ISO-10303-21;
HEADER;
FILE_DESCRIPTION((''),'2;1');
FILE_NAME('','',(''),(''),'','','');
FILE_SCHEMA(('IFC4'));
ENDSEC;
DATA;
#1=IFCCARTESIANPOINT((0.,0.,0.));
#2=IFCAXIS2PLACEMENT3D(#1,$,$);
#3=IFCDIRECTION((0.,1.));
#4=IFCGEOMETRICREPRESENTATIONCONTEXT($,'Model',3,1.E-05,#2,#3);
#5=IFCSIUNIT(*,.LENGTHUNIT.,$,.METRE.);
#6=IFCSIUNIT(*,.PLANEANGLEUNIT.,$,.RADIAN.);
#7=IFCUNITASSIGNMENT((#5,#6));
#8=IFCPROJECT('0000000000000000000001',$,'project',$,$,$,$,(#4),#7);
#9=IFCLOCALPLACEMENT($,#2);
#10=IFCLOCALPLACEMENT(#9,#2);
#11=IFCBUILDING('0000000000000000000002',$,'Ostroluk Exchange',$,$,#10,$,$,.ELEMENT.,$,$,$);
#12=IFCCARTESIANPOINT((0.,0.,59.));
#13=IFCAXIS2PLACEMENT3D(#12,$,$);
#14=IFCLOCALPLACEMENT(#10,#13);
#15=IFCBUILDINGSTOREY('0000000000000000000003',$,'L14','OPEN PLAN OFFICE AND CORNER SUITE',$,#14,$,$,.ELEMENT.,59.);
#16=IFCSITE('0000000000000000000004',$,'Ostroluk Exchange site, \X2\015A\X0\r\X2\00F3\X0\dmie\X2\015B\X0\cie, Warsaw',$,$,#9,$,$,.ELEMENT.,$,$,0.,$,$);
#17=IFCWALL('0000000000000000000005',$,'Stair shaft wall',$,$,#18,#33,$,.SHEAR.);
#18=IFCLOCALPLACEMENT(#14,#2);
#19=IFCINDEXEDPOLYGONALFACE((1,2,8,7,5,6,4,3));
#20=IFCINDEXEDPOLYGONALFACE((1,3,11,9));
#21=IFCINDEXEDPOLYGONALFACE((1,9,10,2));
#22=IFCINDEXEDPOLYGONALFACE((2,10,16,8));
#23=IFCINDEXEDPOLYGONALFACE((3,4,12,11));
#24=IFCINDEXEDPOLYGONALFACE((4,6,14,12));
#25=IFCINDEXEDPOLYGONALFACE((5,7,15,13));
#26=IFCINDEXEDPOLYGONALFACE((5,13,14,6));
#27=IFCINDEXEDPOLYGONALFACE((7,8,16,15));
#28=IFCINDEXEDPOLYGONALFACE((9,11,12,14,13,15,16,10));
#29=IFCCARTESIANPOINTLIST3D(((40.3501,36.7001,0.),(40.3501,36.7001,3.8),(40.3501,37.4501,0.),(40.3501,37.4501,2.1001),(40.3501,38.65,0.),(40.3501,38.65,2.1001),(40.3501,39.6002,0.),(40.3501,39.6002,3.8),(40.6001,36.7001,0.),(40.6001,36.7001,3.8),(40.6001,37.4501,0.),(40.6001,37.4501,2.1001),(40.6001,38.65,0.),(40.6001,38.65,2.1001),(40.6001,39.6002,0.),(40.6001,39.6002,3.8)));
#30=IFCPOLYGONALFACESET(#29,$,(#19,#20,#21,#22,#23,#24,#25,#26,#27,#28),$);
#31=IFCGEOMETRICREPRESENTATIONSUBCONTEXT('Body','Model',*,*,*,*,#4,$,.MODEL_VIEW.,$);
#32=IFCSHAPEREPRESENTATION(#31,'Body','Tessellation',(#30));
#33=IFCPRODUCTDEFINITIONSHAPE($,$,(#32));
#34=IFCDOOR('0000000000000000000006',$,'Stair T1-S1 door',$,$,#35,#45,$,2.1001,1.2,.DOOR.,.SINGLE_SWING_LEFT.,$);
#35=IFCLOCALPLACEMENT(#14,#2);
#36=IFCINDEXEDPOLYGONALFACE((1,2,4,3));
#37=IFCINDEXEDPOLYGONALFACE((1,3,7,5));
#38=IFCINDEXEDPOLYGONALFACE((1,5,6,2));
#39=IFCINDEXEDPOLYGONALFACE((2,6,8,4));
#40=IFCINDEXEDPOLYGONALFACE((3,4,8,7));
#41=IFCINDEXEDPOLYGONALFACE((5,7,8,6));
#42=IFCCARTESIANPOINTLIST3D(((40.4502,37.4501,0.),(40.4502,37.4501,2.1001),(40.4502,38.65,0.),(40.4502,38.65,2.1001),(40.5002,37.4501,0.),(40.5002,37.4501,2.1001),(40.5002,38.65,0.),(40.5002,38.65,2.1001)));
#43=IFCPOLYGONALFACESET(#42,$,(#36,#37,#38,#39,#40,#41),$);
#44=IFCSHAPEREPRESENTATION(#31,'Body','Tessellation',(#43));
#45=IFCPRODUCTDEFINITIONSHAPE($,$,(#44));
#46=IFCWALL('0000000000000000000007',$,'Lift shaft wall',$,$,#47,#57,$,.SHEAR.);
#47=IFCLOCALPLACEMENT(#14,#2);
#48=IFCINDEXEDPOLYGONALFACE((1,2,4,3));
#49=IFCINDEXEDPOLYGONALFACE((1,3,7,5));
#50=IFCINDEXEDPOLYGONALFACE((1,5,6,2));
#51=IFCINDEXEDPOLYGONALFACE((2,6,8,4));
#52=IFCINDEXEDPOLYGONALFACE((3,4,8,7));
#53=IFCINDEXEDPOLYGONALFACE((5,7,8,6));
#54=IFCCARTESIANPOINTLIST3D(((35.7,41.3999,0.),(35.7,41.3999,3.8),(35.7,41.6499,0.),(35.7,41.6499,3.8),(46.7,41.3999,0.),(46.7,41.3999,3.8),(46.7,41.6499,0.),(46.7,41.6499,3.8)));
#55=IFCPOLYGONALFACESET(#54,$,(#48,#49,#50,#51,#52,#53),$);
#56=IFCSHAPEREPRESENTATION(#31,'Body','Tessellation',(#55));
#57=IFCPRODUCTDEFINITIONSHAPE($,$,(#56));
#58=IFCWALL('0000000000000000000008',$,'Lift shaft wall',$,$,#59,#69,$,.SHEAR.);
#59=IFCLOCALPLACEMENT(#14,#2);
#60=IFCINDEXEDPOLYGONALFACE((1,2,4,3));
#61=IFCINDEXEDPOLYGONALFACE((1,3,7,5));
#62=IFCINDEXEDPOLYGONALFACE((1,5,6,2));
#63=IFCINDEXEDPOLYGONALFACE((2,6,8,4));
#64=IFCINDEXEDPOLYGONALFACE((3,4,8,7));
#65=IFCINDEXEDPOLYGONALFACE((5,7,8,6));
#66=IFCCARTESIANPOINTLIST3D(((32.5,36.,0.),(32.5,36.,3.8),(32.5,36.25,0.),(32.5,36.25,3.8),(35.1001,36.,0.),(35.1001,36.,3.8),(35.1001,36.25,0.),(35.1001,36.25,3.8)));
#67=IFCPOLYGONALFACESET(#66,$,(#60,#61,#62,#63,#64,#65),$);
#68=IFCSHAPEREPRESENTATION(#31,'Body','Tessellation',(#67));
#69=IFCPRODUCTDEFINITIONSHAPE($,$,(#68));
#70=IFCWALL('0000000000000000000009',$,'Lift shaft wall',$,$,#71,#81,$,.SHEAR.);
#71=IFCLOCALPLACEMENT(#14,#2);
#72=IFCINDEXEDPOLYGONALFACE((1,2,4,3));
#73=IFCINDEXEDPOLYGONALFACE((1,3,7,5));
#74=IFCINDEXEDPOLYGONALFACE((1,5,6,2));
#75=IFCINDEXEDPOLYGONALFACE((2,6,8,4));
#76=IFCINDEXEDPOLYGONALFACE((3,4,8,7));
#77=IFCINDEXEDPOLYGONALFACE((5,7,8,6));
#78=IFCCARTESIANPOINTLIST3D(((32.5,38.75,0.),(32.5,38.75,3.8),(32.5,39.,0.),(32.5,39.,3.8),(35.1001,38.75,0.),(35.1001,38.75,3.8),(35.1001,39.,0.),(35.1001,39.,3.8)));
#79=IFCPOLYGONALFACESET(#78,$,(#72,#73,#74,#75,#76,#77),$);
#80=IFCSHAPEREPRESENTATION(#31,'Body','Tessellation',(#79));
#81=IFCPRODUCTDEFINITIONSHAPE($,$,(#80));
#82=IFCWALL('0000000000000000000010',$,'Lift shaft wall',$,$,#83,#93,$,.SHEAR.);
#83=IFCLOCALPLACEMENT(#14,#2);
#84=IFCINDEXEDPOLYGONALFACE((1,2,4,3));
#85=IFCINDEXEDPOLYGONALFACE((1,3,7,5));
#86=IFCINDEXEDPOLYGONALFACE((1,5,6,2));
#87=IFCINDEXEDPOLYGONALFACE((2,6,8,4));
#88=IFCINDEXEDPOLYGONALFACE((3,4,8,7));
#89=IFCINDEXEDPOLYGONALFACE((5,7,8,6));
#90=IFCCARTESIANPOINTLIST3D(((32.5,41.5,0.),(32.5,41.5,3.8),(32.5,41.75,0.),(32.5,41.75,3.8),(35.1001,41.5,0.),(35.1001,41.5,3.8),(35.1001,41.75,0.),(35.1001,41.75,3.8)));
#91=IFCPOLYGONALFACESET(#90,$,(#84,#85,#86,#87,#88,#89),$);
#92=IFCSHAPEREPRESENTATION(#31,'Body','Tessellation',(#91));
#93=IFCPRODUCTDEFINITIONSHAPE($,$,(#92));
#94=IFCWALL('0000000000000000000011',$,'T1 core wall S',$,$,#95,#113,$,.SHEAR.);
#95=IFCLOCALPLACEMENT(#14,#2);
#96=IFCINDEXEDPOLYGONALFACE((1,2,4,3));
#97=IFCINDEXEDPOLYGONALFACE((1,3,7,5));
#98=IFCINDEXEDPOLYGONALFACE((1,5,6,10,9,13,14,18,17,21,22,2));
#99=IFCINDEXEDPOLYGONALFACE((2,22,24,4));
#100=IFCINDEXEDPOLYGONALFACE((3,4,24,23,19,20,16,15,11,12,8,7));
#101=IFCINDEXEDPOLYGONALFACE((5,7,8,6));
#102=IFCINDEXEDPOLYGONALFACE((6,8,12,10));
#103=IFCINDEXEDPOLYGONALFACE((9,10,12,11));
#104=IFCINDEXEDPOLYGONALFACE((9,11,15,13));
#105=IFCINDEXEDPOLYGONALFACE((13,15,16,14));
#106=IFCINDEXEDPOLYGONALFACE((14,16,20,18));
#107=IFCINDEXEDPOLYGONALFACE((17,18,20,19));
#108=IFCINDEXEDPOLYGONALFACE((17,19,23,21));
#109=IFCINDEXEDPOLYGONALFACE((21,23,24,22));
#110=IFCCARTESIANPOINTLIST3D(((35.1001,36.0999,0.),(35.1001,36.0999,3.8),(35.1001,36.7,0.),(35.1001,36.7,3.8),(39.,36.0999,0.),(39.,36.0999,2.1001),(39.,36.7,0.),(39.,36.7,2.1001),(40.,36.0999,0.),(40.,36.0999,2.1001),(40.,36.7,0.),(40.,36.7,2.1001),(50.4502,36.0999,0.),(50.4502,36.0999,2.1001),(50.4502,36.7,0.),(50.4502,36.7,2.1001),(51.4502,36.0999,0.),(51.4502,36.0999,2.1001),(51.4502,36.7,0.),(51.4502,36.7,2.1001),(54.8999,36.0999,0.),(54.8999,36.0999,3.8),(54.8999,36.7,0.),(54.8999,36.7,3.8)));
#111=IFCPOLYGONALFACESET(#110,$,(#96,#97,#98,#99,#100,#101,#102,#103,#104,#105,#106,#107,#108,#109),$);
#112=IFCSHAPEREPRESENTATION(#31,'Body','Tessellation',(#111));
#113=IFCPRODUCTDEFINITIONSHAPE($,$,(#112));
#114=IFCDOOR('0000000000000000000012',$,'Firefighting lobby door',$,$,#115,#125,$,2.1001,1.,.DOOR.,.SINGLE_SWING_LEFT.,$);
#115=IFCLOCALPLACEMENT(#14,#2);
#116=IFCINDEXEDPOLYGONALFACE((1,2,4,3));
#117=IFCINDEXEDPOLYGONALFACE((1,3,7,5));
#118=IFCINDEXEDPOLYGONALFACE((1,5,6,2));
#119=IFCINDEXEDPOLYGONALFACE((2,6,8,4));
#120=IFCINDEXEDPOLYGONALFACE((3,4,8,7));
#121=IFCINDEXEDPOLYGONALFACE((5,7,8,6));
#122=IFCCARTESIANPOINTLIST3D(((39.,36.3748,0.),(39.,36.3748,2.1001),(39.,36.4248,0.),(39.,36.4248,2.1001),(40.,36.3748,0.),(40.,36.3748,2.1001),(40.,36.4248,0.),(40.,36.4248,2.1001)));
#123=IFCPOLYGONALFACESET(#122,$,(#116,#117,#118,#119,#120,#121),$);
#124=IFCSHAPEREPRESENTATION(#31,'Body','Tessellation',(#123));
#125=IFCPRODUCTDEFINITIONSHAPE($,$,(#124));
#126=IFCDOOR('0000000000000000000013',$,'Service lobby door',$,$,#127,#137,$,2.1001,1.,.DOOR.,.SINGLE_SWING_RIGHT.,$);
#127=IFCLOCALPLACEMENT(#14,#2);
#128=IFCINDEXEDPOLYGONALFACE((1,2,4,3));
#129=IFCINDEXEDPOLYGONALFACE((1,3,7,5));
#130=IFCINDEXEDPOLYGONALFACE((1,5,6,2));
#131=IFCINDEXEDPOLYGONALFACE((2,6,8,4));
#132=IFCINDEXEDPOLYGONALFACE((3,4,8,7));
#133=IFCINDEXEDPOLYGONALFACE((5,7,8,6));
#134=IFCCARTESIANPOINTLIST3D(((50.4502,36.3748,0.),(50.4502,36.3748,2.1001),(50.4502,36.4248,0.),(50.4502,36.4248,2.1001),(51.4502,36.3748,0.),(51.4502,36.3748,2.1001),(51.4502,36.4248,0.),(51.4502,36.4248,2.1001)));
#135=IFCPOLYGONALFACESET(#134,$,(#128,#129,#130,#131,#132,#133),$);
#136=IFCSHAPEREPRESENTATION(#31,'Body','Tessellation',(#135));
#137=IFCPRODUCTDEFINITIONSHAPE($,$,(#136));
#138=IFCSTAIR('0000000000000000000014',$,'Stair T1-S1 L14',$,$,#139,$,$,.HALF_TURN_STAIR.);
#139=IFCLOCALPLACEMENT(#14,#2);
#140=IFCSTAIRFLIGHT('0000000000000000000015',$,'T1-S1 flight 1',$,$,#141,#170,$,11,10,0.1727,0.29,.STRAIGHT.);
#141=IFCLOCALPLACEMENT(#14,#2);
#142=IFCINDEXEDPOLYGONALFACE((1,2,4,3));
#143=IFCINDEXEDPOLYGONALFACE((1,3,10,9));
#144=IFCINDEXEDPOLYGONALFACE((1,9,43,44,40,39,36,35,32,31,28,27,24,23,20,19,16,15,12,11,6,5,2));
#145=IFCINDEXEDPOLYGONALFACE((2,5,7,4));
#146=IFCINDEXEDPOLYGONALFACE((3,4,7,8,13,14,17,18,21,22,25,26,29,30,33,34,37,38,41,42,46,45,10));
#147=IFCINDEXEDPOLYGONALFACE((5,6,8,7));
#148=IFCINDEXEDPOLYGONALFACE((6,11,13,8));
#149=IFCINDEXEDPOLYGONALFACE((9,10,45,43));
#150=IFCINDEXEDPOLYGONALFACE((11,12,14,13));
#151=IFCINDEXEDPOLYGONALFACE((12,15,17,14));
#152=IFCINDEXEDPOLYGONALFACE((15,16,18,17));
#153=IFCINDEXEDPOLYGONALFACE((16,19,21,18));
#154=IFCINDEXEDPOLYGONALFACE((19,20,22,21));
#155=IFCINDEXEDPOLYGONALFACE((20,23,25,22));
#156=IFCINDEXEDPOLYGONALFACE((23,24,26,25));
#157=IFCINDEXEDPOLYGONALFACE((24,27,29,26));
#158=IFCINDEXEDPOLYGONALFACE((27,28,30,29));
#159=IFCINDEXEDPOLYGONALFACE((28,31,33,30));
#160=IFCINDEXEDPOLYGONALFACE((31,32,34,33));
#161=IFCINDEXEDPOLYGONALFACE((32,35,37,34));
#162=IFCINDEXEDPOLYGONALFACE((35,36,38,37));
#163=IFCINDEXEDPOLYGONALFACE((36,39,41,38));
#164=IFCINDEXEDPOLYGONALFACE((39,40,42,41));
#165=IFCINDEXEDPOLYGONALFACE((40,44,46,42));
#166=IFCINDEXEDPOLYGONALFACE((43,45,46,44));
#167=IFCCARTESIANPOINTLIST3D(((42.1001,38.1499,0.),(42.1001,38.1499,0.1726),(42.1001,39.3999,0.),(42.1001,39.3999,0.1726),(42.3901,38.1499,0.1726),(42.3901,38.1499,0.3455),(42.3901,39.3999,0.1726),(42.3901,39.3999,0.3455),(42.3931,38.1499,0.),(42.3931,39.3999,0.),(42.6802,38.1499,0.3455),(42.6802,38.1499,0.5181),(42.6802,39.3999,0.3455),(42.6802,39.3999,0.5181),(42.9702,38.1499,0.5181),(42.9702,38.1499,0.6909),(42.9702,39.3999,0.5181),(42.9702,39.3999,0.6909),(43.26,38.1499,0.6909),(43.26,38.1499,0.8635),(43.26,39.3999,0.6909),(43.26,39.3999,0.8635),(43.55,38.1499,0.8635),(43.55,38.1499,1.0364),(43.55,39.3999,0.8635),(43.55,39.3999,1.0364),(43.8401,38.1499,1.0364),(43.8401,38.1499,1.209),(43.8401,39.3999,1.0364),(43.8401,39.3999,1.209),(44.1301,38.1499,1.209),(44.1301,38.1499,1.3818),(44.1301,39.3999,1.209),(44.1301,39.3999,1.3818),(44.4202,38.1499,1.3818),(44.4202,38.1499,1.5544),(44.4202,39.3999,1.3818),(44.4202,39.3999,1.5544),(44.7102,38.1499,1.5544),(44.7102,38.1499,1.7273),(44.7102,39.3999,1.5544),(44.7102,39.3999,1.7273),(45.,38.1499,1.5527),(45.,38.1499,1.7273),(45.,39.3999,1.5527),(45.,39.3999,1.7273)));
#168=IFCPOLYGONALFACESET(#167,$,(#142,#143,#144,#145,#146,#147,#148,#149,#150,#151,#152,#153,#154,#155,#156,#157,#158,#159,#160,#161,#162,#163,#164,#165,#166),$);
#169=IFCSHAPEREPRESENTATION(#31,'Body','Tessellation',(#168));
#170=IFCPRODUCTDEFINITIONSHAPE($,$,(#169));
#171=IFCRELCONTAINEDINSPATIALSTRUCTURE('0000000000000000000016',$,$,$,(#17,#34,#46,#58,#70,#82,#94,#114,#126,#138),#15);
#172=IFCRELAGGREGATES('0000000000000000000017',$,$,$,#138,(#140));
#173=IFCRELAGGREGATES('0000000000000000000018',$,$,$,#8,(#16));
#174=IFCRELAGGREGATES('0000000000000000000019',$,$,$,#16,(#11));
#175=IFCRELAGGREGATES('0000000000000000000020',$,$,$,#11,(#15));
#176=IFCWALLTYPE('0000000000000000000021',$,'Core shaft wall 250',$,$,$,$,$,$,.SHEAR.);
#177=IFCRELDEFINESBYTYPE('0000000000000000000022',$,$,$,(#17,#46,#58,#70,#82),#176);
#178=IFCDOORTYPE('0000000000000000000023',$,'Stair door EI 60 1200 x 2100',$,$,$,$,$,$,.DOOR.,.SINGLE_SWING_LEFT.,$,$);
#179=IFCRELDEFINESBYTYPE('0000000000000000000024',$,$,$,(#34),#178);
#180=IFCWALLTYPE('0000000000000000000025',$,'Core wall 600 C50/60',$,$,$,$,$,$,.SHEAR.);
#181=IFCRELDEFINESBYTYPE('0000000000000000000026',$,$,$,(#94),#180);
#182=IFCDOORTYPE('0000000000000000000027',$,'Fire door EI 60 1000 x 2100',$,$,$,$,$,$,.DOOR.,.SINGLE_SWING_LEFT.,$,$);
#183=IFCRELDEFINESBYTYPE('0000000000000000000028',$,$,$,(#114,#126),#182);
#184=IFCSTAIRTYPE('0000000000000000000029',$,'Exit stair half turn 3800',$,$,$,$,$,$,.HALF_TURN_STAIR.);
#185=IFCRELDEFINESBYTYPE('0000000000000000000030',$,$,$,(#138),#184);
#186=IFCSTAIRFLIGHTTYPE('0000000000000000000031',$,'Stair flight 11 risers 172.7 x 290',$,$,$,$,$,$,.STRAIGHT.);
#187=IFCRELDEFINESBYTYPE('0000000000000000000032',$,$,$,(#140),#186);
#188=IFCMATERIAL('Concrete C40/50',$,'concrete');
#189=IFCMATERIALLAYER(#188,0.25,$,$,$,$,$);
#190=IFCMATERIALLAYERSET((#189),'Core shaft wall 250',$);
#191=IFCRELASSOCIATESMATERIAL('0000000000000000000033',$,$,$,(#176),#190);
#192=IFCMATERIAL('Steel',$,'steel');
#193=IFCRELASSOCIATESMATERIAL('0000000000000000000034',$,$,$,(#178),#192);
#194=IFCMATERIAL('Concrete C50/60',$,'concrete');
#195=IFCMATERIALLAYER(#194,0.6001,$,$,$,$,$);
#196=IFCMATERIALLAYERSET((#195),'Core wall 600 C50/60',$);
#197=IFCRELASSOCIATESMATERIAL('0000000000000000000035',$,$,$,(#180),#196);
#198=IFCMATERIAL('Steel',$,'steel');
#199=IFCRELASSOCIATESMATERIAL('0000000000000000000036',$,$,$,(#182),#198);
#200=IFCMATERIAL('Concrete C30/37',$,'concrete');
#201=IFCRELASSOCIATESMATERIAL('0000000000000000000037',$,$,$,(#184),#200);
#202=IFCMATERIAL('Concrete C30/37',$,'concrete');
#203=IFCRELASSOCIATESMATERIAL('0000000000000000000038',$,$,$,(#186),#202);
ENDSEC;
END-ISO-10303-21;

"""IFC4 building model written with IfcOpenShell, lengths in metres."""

from ifc_helpers import new_model, si_unit, direction, frame, frame_2d, origin, place, context, subcontext, project, spatial, polyline, rectangle, outline, extrude, material, layer, layer_set, type_object, element, fill, aggregate, save


model = new_model("IFC4")

# Units and contexts
model_context = context("Model", 3, precision=1e-05, world=origin(), true_north=direction((0.0, 1.0)))
body_context = subcontext(model_context, "Body", "Model", "MODEL_VIEW")
ifc_project = project(units=[si_unit("LENGTHUNIT", "METRE"), si_unit("PLANEANGLEUNIT", "RADIAN")], contexts=[model_context])

# Site, building, storey
site_placement = place(None, origin())
site = spatial("IfcSite", under=ifc_project, at=site_placement, Name="Ostroluk Exchange site, Śródmieście, Warsaw", CompositionType="ELEMENT", RefElevation=0.0)
building_placement = place(site_placement, origin())
building = spatial("IfcBuilding", under=site, at=building_placement, Name="Ostroluk Exchange", CompositionType="ELEMENT")
storey_placement = place(building_placement, frame((0.0, 0.0, 59.0)))
storey = spatial("IfcBuildingStorey", under=building, at=storey_placement, Name="L14", Description="OPEN PLAN OFFICE AND CORNER SUITE", CompositionType="ELEMENT", Elevation=59.0)

# Wall, opening, door
ifc_material_1 = material(Name="Concrete C40/50", Category="concrete")
ifc_layer_1 = layer(ifc_material_1, 0.25)
ifc_layer_set_1 = layer_set([ifc_layer_1], Name="Core shaft wall 250")
wall_type_1 = type_object("IfcWallType", Name="Core shaft wall 250", PredefinedType="SHEAR", material=ifc_layer_set_1)
wall_1_placement = place(storey_placement, frame((40.4751, 36.7, 0.0), z_axis=(0.0, 0.0, 1.0), x_axis=(0.0, 1.0, 0.0)))
wall_1 = element("IfcWall", 1, at=wall_1_placement, inside=storey, type_object=wall_type_1, Name="Stair shaft wall", PredefinedType="SHEAR", context=body_context, shape_type="SweptSolid", body=[
    extrude(rectangle(XDim=2.9001, YDim=0.25, at=frame_2d((1.4502, 0.0))), origin(), (0.0, 0.0, 1.0), 3.8),
])
opening_1_placement = place(wall_1_placement, frame((0.75, 0.0, 0.0)))
opening_1 = element("IfcOpeningElement", 2, at=opening_1_placement, cuts=wall_1, PredefinedType="OPENING", context=body_context, shape_type="SweptSolid", body=[
    extrude(rectangle(XDim=1.2, YDim=2.1001, at=frame_2d((0.6001, 1.05))), frame((0.0, 0.135, 0.0), z_axis=(0.0, -1.0, 0.0), x_axis=(1.0, 0.0, 0.0)), (0.0, 0.0, 1.0), 0.27),
])
ifc_material_2 = material(Name="Steel", Category="steel")
door_type_1 = type_object("IfcDoorType", Name="Stair door EI 60 1200 x 2100", OperationType="SINGLE_SWING_LEFT", PredefinedType="DOOR", material=ifc_material_2)
door_1_placement = place(opening_1_placement, origin())
door_1 = element("IfcDoor", 3, at=door_1_placement, inside=storey, type_object=door_type_1, Name="Stair T1-S1 door", OperationType="SINGLE_SWING_LEFT", OverallHeight=2.1001, OverallWidth=1.2, PredefinedType="DOOR", context=body_context, shape_type="SweptSolid", body=[
    extrude(rectangle(XDim=1.2, YDim=2.1001, at=frame_2d((0.6001, 1.05))), frame((0.0, 0.0249, 0.0), z_axis=(0.0, -1.0, 0.0), x_axis=(1.0, 0.0, 0.0)), (0.0, 0.0, 1.0), 0.05),
])
fill(opening_1, door_1)

# Walls
wall_2_placement = place(storey_placement, frame((35.7, 41.5249, 0.0), z_axis=(0.0, 0.0, 1.0), x_axis=(1.0, 0.0, 0.0)))
element("IfcWall", 4, at=wall_2_placement, inside=storey, type_object=wall_type_1, Name="Lift shaft wall", PredefinedType="SHEAR", context=body_context, shape_type="SweptSolid", body=[
    extrude(rectangle(XDim=11.0, YDim=0.25, at=frame_2d((5.5, 0.0))), origin(), (0.0, 0.0, 1.0), 3.8),
])
for number, where, z_axis, x_axis, name in (
    (5, (32.5, 36.125, 0.0), (0.0, 0.0, 1.0), (1.0, 0.0, 0.0), "Lift shaft wall"),
    (6, (32.5, 38.875, 0.0), (0.0, 0.0, 1.0), (1.0, 0.0, 0.0), "Lift shaft wall"),
    (7, (32.5, 41.625, 0.0), (0.0, 0.0, 1.0), (1.0, 0.0, 0.0), "Lift shaft wall"),
):
    element("IfcWall", number, at=place(storey_placement, frame(where, z_axis=z_axis, x_axis=x_axis)), inside=storey, type_object=wall_type_1, Name=name, PredefinedType="SHEAR", context=body_context, shape_type="SweptSolid", body=[
        extrude(rectangle(XDim=2.6001, YDim=0.25, at=frame_2d((1.3, 0.0))), origin(), (0.0, 0.0, 1.0), 3.8),
    ])

# Wall, openings, doors
ifc_material_3 = material(Name="Concrete C50/60", Category="concrete")
ifc_layer_2 = layer(ifc_material_3, 0.6001)
ifc_layer_set_2 = layer_set([ifc_layer_2], Name="Core wall 600 C50/60")
wall_type_2 = type_object("IfcWallType", Name="Core wall 600 C50/60", PredefinedType="SHEAR", material=ifc_layer_set_2)
wall_3_placement = place(storey_placement, frame((35.1001, 36.3999, 0.0), z_axis=(0.0, 0.0, 1.0), x_axis=(1.0, 0.0, 0.0)))
wall_3 = element("IfcWall", 8, at=wall_3_placement, inside=storey, type_object=wall_type_2, Name="T1 core wall S", PredefinedType="SHEAR", context=body_context, shape_type="SweptSolid", body=[
    extrude(rectangle(XDim=19.7998, YDim=0.6001, at=frame_2d((9.8999, 0.0))), origin(), (0.0, 0.0, 1.0), 3.8),
])
opening_2_placement = place(wall_3_placement, frame((3.8999, 0.0, 0.0)))
opening_2 = element("IfcOpeningElement", 9, at=opening_2_placement, cuts=wall_3, PredefinedType="OPENING", context=body_context, shape_type="SweptSolid", body=[
    extrude(rectangle(XDim=1.0, YDim=2.1001, at=frame_2d((0.5, 1.05))), frame((0.0, 0.3101, 0.0), z_axis=(0.0, -1.0, 0.0), x_axis=(1.0, 0.0, 0.0)), (0.0, 0.0, 1.0), 0.6201),
])
opening_3_placement = place(wall_3_placement, frame((15.3501, 0.0, 0.0)))
opening_3 = element("IfcOpeningElement", 10, at=opening_3_placement, cuts=wall_3, PredefinedType="OPENING", context=body_context, shape_type="SweptSolid", body=[
    extrude(rectangle(XDim=1.0, YDim=2.1001, at=frame_2d((0.5, 1.05))), frame((0.0, 0.3101, 0.0), z_axis=(0.0, -1.0, 0.0), x_axis=(1.0, 0.0, 0.0)), (0.0, 0.0, 1.0), 0.6201),
])
ifc_material_4 = material(Name="Steel", Category="steel")
door_type_2 = type_object("IfcDoorType", Name="Fire door EI 60 1000 x 2100", OperationType="SINGLE_SWING_LEFT", PredefinedType="DOOR", material=ifc_material_4)
door_2_placement = place(opening_2_placement, origin())
door_2 = element("IfcDoor", 11, at=door_2_placement, inside=storey, type_object=door_type_2, Name="Firefighting lobby door", OperationType="SINGLE_SWING_LEFT", OverallHeight=2.1001, OverallWidth=1.0, PredefinedType="DOOR", context=body_context, shape_type="SweptSolid", body=[
    extrude(rectangle(XDim=1.0, YDim=2.1001, at=frame_2d((0.5, 1.05))), frame((0.0, 0.0249, 0.0), z_axis=(0.0, -1.0, 0.0), x_axis=(1.0, 0.0, 0.0)), (0.0, 0.0, 1.0), 0.05),
])
fill(opening_2, door_2)
door_3_placement = place(opening_3_placement, origin())
door_3 = element("IfcDoor", 12, at=door_3_placement, inside=storey, type_object=door_type_2, Name="Service lobby door", OperationType="SINGLE_SWING_RIGHT", OverallHeight=2.1001, OverallWidth=1.0, PredefinedType="DOOR", context=body_context, shape_type="SweptSolid", body=[
    extrude(rectangle(XDim=1.0, YDim=2.1001, at=frame_2d((0.5, 1.05))), frame((0.0, 0.0249, 0.0), z_axis=(0.0, -1.0, 0.0), x_axis=(1.0, 0.0, 0.0)), (0.0, 0.0, 1.0), 0.05),
])
fill(opening_3, door_3)

# Stair, stair flight
ifc_material_5 = material(Name="Concrete C30/37", Category="concrete")
stair_type = type_object("IfcStairType", Name="Exit stair half turn 3800", PredefinedType="HALF_TURN_STAIR", material=ifc_material_5)
stair_placement = place(storey_placement, origin())
stair = element("IfcStair", 13, at=stair_placement, inside=storey, type_object=stair_type, Name="Stair T1-S1 L14", PredefinedType="HALF_TURN_STAIR")
ifc_material_6 = material(Name="Concrete C30/37", Category="concrete")
stair_flight_type = type_object("IfcStairFlightType", Name="Stair flight 11 risers 172.7 x 290", PredefinedType="STRAIGHT", material=ifc_material_6)
stair_flight_placement = place(storey_placement, frame((42.1001, 38.7749, 0.0), z_axis=(0.0, 0.0, 1.0), x_axis=(1.0, 0.0, 0.0)))
stair_flight = element("IfcStairFlight", 14, at=stair_flight_placement, type_object=stair_flight_type, Name="T1-S1 flight 1", NumberOfRisers=11, NumberOfTreads=10, PredefinedType="STRAIGHT", RiserHeight=0.1727, TreadLength=0.29, context=body_context, shape_type="SweptSolid", body=[
    extrude(outline(polyline([(0.0, 0.0), (0.0, 0.1726), (0.29, 0.1726), (0.29, 0.3455), (0.5801, 0.3455), (0.5801, 0.5181), (0.8701, 0.5181), (0.8701, 0.6909), (1.1599, 0.6909), (1.1599, 0.8635), (1.45, 0.8635), (1.45, 1.0364), (1.74, 1.0364), (1.74, 1.209), (2.03, 1.209), (2.03, 1.3818), (2.3201, 1.3818), (2.3201, 1.5544), (2.6101, 1.5544), (2.6101, 1.7273), (2.8999, 1.7273), (2.8999, 1.8999), (2.8999, 1.5527), (0.293, 0.0), (0.0, 0.0)])), frame((0.0, 0.625, 0.0), z_axis=(0.0, -1.0, 0.0), x_axis=(1.0, 0.0, 0.0)), (0.0, 0.0, 1.0), 1.25),
])
aggregate(stair, [stair_flight])

save(model, "model.ifc")
